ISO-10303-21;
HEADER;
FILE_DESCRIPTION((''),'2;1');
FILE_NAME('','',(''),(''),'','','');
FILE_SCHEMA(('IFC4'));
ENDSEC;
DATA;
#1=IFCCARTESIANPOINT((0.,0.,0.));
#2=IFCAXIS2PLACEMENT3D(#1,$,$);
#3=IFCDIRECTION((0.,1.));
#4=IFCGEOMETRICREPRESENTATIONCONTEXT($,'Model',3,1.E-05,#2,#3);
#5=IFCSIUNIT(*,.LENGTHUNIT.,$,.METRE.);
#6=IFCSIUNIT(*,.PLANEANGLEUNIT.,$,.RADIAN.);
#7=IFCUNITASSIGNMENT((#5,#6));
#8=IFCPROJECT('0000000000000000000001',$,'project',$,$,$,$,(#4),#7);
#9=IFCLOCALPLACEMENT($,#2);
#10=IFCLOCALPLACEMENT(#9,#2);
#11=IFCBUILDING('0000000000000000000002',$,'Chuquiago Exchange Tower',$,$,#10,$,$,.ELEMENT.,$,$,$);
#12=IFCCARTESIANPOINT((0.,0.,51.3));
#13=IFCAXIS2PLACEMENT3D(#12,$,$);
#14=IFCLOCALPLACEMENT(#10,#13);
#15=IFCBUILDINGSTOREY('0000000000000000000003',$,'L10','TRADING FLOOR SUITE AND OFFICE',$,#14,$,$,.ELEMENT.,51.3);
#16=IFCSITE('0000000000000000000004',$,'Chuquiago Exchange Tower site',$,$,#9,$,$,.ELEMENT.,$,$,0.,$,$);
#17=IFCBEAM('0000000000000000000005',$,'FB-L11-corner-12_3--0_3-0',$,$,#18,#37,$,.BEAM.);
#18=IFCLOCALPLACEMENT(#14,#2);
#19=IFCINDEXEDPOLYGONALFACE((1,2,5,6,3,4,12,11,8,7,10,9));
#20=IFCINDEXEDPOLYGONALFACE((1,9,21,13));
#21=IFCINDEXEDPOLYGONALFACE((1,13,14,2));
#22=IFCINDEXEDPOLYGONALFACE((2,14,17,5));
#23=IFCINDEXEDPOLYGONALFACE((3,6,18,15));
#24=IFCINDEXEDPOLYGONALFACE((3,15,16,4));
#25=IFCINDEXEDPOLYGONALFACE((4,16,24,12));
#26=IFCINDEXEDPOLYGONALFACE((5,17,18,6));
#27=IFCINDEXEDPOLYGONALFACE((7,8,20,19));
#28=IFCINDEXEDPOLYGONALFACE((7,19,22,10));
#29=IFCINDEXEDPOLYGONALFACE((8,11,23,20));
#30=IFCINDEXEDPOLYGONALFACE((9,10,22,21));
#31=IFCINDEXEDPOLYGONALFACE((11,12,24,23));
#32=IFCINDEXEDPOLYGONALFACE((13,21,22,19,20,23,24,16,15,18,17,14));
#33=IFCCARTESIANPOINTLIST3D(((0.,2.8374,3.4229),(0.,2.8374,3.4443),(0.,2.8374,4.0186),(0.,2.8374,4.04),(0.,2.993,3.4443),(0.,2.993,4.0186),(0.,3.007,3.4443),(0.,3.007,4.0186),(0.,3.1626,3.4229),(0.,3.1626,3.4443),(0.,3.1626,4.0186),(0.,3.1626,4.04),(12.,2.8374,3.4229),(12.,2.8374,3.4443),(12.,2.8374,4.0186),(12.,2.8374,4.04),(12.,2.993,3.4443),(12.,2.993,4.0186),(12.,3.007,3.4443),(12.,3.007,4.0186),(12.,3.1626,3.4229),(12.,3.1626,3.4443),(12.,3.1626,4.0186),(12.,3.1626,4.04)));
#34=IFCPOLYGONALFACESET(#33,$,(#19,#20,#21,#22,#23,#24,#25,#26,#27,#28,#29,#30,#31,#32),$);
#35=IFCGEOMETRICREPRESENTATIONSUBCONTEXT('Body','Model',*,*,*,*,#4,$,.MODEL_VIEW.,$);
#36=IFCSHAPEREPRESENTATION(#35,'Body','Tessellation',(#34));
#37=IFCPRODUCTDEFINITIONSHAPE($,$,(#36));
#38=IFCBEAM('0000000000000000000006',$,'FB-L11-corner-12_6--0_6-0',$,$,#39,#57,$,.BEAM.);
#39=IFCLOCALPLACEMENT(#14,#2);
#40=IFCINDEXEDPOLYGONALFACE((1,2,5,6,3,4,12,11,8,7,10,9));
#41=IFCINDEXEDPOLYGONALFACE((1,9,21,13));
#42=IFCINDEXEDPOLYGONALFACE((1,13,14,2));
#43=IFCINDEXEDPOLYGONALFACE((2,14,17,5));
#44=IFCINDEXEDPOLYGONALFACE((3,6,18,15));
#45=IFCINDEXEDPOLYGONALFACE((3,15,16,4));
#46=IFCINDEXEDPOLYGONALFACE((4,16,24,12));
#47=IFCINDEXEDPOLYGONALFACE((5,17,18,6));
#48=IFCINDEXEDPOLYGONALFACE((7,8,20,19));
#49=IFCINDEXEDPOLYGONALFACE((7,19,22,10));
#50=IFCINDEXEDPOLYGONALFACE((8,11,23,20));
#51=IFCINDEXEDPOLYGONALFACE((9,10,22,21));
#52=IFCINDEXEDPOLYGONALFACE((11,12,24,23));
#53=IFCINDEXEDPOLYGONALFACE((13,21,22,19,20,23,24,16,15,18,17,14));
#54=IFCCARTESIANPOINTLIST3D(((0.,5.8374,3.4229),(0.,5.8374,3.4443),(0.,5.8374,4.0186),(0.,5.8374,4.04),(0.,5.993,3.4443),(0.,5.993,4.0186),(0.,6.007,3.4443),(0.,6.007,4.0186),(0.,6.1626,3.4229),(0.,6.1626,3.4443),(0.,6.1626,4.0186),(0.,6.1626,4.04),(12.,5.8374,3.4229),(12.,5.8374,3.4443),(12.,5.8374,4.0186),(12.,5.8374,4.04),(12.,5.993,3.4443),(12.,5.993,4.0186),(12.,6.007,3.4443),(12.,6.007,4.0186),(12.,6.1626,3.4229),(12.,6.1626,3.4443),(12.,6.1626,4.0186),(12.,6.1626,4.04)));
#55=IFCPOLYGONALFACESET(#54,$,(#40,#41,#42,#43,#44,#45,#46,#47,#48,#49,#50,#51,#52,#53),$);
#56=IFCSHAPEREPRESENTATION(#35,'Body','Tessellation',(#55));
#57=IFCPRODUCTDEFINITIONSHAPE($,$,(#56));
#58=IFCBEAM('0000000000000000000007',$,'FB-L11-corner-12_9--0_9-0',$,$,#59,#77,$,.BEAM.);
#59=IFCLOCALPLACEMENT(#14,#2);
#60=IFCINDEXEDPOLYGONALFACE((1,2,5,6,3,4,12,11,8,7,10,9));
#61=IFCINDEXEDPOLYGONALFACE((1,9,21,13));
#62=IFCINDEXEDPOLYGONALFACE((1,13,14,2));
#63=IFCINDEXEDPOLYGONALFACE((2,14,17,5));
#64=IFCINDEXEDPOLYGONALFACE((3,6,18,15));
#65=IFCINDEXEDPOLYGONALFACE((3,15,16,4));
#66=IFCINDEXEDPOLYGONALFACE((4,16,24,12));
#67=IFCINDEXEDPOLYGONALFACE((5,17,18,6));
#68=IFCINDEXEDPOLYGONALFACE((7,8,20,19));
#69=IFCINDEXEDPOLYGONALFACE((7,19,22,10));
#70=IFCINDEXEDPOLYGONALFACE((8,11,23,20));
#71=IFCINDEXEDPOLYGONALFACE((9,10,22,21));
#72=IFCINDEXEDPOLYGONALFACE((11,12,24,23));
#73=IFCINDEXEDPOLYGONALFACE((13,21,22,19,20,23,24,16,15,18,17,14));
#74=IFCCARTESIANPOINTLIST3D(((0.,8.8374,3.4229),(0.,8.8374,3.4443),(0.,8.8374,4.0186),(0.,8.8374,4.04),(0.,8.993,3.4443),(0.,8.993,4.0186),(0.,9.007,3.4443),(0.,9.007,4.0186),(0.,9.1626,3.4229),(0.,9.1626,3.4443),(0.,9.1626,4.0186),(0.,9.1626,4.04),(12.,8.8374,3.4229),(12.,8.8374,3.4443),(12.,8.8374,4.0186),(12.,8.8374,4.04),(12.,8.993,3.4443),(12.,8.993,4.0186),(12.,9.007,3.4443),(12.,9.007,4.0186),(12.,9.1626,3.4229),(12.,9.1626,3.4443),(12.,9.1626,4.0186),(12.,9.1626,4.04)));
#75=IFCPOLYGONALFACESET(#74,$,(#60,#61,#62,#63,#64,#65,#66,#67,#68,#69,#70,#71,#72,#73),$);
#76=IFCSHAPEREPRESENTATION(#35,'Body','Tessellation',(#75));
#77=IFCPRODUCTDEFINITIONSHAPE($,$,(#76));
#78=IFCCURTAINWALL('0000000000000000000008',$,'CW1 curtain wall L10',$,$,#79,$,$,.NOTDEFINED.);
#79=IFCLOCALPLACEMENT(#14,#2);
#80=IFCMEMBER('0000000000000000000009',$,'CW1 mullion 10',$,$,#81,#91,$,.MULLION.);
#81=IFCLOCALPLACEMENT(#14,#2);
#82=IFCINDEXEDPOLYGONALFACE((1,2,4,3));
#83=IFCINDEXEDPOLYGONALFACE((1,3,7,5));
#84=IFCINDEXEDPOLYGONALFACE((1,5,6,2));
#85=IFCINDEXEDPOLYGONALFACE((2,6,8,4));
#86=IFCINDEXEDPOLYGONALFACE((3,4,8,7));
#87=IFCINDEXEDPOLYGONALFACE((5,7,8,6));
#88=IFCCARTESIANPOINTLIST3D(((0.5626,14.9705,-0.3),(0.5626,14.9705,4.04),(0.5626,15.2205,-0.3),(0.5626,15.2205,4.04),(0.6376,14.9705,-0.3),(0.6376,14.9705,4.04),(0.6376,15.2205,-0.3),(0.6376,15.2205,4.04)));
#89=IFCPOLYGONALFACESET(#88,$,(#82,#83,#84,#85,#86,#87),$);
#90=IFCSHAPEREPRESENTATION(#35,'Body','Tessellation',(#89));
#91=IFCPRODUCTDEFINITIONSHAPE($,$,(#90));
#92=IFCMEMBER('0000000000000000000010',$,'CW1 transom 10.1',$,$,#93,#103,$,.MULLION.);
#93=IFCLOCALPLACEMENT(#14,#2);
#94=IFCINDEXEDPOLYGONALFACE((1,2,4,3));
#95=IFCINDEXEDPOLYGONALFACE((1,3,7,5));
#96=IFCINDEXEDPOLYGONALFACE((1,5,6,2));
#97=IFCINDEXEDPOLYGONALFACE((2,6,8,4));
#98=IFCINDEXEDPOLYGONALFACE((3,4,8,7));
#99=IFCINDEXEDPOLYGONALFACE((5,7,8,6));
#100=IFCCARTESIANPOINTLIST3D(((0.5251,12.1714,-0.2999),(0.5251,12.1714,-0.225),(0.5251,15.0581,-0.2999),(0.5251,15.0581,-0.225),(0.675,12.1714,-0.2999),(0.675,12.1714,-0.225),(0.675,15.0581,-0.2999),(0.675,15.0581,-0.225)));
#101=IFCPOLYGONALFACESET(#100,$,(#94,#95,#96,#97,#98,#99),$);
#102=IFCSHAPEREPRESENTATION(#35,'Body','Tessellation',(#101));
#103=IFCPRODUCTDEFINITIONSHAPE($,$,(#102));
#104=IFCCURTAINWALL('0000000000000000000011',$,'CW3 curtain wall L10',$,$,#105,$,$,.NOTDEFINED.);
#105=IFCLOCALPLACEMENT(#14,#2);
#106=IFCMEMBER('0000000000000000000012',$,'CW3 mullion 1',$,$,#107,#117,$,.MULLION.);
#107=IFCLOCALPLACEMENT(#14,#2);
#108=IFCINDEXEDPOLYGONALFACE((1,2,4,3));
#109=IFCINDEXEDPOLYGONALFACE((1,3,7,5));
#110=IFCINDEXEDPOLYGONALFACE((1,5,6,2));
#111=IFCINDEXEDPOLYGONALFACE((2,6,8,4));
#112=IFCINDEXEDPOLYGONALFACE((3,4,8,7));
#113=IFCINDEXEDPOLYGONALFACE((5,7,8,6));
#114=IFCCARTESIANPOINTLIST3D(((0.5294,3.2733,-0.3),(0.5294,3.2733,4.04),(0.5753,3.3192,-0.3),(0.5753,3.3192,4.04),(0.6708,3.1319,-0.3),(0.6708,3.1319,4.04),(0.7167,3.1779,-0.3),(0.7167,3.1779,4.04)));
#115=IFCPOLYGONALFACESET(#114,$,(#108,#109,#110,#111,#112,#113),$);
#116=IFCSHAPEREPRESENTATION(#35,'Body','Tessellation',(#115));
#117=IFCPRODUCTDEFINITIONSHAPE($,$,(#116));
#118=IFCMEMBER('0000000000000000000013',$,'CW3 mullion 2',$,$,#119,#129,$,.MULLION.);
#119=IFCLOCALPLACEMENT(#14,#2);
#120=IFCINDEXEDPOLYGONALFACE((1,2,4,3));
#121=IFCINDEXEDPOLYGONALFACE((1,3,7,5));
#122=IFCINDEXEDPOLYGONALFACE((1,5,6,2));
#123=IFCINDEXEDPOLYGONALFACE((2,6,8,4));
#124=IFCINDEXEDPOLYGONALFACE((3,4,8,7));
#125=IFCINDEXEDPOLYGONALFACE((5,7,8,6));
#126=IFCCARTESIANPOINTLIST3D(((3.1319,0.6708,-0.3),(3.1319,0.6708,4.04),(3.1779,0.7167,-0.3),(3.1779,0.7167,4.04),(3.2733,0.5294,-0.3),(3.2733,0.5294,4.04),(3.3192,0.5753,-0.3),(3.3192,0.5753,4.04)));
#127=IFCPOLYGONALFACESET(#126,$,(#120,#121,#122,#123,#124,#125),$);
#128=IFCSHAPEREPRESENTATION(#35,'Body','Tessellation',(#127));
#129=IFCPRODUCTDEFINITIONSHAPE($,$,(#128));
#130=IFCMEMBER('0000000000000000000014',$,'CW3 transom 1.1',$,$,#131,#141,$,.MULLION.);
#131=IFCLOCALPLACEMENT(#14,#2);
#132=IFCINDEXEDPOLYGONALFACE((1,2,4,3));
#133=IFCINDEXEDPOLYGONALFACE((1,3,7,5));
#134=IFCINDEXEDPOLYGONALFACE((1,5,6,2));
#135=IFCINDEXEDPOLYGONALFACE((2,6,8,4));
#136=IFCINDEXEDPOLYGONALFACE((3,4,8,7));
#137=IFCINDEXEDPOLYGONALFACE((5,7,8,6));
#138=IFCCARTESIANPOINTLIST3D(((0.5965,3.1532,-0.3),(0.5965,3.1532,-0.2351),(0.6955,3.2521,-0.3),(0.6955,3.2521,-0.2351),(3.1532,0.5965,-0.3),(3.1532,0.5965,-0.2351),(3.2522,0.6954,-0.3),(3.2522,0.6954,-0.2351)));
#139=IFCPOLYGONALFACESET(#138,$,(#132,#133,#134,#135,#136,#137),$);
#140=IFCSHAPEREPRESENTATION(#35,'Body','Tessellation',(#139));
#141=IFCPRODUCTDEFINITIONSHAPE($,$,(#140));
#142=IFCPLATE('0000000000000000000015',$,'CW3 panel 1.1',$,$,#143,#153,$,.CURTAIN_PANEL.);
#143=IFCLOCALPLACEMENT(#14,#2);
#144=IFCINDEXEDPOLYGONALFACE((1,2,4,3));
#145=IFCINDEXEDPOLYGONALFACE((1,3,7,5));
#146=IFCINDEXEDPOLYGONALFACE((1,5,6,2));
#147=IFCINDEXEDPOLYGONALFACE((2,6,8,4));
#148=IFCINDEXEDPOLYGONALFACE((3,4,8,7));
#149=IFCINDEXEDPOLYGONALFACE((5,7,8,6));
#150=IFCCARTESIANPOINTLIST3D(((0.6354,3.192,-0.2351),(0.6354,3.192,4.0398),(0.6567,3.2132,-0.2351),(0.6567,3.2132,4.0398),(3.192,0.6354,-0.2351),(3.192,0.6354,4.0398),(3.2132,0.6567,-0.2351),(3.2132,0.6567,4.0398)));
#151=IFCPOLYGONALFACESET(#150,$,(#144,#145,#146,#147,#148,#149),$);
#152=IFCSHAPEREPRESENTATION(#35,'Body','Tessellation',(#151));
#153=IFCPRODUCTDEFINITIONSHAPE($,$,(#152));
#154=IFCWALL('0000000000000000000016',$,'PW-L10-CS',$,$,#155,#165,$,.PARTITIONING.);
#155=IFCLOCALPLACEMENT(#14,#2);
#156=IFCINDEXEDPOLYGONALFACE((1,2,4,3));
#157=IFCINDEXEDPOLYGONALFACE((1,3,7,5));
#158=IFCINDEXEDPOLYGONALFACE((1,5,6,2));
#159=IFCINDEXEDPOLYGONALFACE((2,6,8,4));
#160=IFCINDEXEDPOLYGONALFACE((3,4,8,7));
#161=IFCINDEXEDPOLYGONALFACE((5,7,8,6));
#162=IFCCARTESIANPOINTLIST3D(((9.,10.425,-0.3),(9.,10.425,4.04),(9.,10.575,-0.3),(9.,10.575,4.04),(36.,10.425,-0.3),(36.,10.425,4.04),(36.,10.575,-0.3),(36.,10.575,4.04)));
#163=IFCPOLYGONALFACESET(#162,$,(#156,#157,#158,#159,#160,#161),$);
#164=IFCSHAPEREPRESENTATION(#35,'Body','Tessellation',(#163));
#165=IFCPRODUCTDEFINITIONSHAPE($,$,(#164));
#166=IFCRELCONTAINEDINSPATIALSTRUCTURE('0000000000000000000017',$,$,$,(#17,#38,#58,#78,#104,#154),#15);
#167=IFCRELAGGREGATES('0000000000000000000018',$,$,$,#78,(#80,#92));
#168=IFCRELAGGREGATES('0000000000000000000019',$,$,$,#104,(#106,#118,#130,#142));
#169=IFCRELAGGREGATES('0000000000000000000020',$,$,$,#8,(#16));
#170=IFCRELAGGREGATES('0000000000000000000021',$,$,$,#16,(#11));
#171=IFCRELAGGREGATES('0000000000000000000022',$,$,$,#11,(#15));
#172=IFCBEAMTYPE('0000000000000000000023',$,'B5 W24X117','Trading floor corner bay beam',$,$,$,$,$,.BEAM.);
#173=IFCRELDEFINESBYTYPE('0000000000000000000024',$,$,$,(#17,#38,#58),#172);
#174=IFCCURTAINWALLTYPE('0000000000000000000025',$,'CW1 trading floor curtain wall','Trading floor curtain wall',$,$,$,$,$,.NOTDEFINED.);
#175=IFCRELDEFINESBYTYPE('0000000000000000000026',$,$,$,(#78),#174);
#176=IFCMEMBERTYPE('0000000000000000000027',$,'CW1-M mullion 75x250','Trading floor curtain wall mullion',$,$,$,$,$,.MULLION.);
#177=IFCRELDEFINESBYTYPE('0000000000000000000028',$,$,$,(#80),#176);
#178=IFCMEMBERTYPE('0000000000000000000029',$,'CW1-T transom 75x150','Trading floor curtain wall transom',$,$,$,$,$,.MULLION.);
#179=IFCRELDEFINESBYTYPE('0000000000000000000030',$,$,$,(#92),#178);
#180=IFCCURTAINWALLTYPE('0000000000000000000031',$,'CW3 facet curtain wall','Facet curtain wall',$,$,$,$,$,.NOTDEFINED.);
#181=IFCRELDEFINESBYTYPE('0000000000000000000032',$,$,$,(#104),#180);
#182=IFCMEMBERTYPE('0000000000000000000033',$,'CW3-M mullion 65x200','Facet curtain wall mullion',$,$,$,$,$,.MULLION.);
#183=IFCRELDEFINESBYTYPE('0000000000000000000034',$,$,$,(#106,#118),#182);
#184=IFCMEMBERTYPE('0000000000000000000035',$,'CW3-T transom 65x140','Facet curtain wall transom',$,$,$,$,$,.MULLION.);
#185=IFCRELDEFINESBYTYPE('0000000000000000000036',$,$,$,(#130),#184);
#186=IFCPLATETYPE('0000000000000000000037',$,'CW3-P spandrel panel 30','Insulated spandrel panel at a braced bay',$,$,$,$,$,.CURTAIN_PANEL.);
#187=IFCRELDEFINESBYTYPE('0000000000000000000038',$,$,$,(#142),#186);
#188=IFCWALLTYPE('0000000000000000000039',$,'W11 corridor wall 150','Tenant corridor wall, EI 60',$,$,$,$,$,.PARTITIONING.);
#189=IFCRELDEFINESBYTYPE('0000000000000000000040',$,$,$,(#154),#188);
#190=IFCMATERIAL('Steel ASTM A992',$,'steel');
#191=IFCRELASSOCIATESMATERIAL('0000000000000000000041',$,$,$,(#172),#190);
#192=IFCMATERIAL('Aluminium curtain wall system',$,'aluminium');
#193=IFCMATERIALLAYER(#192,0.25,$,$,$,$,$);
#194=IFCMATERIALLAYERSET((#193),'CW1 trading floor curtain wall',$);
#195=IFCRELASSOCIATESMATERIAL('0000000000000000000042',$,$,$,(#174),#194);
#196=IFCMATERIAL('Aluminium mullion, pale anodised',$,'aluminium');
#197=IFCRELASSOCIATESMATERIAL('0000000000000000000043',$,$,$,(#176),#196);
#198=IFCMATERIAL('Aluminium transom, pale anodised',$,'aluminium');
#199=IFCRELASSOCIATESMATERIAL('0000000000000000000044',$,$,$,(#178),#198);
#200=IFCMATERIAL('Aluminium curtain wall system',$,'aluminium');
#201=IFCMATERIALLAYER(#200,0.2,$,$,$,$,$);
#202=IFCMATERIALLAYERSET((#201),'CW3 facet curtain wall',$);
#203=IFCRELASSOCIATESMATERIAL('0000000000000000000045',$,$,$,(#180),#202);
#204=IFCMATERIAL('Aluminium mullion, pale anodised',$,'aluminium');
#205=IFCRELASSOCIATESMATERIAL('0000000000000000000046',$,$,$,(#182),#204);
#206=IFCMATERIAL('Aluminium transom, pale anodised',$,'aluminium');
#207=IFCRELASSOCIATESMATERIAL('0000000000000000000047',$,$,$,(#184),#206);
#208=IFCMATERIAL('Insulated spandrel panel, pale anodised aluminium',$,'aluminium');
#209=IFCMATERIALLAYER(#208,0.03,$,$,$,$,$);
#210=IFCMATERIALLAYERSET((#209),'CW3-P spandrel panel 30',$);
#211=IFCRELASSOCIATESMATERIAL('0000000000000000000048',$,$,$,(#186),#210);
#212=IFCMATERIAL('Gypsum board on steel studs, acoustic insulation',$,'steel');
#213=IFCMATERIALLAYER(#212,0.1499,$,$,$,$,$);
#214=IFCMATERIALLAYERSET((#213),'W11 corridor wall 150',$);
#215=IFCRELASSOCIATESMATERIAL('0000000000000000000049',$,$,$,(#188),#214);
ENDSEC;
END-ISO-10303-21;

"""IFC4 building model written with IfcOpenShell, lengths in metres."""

from ifc_helpers import new_model, si_unit, direction, frame, frame_2d, origin, origin_2d, place, context, subcontext, project, spatial, rectangle, i_section, extrude, material, layer, layer_set, material_profile, profile_set, type_object, element, aggregate, save


model = new_model("IFC4")

# Units and contexts
model_context = context("Model", 3, precision=1e-05, world=origin(), true_north=direction((0.0, 1.0)))
body_context = subcontext(model_context, "Body", "Model", "MODEL_VIEW")
ifc_project = project(units=[si_unit("LENGTHUNIT", "METRE"), si_unit("PLANEANGLEUNIT", "RADIAN")], contexts=[model_context])

# Site, building, storey
site_placement = place(None, origin())
site = spatial("IfcSite", under=ifc_project, at=site_placement, Name="Chuquiago Exchange Tower site", CompositionType="ELEMENT", RefElevation=0.0)
building_placement = place(site_placement, origin())
building = spatial("IfcBuilding", under=site, at=building_placement, Name="Chuquiago Exchange Tower", CompositionType="ELEMENT")
storey_placement = place(building_placement, frame((0.0, 0.0, 51.3)))
storey = spatial("IfcBuildingStorey", under=building, at=storey_placement, Name="L10", Description="TRADING FLOOR SUITE AND OFFICE", CompositionType="ELEMENT", Elevation=51.3)

# Beams
ifc_material_1 = material(Name="Steel ASTM A992", Category="steel")
ifc_material_profile_1 = material_profile(ifc_material_1, i_section(OverallWidth=0.3252, OverallDepth=0.6172, WebThickness=0.0139, FlangeThickness=0.0215, at=origin_2d()), Name="W24X117")
ifc_profile_set_1 = profile_set([ifc_material_profile_1], Name="Steel ASTM A992")
beam_type = type_object("IfcBeamType", Name="B5 W24X117", Description="Trading floor corner bay beam", PredefinedType="BEAM", material=ifc_profile_set_1)
for number, where, z_axis, x_axis, name in (
    (1, (12.0, 3.0, 3.7314), (-1.0, 0.0, 0.0), (0.0, -1.0, 0.0), "FB-L11-corner-12_3--0_3-0"),
    (2, (12.0, 6.0, 3.7314), (-1.0, 0.0, 0.0), (0.0, -1.0, 0.0), "FB-L11-corner-12_6--0_6-0"),
    (3, (12.0, 9.0, 3.7314), (-1.0, 0.0, 0.0), (0.0, -1.0, 0.0), "FB-L11-corner-12_9--0_9-0"),
):
    element("IfcBeam", number, at=place(storey_placement, frame(where, z_axis=z_axis, x_axis=x_axis)), inside=storey, type_object=beam_type, Name=name, PredefinedType="BEAM", context=body_context, shape_type="SweptSolid", body=[
        extrude(i_section(OverallWidth=0.3252, OverallDepth=0.6172, WebThickness=0.0139, FlangeThickness=0.0215, at=origin_2d()), origin(), (0.0, 0.0, 1.0), 12.0),
    ])

# Curtain wall, members
ifc_material_2 = material(Name="Aluminium curtain wall system", Category="aluminium")
ifc_layer_1 = layer(ifc_material_2, 0.25)
ifc_layer_set_1 = layer_set([ifc_layer_1], Name="CW1 trading floor curtain wall")
curtain_wall_type_1 = type_object("IfcCurtainWallType", Name="CW1 trading floor curtain wall", Description="Trading floor curtain wall", PredefinedType="NOTDEFINED", material=ifc_layer_set_1)
curtain_wall_1_placement = place(storey_placement, origin())
curtain_wall_1 = element("IfcCurtainWall", 4, at=curtain_wall_1_placement, inside=storey, type_object=curtain_wall_type_1, Name="CW1 curtain wall L10", PredefinedType="NOTDEFINED")
ifc_material_3 = material(Name="Aluminium mullion, pale anodised", Category="aluminium")
ifc_material_profile_2 = material_profile(ifc_material_3, rectangle(XDim=0.075, YDim=0.25, at=origin_2d()), Name="AL 75x250")
ifc_profile_set_2 = profile_set([ifc_material_profile_2], Name="Aluminium mullion, pale anodised")
member_type_1 = type_object("IfcMemberType", Name="CW1-M mullion 75x250", Description="Trading floor curtain wall mullion", PredefinedType="MULLION", material=ifc_profile_set_2)
member_1_placement = place(storey_placement, frame((0.6001, 15.0955, -0.3), z_axis=(0.0, 0.0, 1.0), x_axis=(1.0, 0.0, 0.0)))
member_1 = element("IfcMember", 5, at=member_1_placement, type_object=member_type_1, Name="CW1 mullion 10", PredefinedType="MULLION", context=body_context, shape_type="SweptSolid", body=[
    extrude(rectangle(XDim=0.075, YDim=0.25, at=origin_2d()), origin(), (0.0, 0.0, 1.0), 4.3401),
])
ifc_material_4 = material(Name="Aluminium transom, pale anodised", Category="aluminium")
ifc_material_profile_3 = material_profile(ifc_material_4, rectangle(XDim=0.1499, YDim=0.075, at=origin_2d()), Name="AL 150x75")
ifc_profile_set_3 = profile_set([ifc_material_profile_3], Name="Aluminium transom, pale anodised")
member_type_2 = type_object("IfcMemberType", Name="CW1-T transom 75x150", Description="Trading floor curtain wall transom", PredefinedType="MULLION", material=ifc_profile_set_3)
member_2_placement = place(storey_placement, frame((0.6001, 15.0581, -0.2625), z_axis=(0.0, -1.0, 0.0), x_axis=(1.0, 0.0, 0.0)))
member_2 = element("IfcMember", 6, at=member_2_placement, type_object=member_type_2, Name="CW1 transom 10.1", PredefinedType="MULLION", context=body_context, shape_type="SweptSolid", body=[
    extrude(rectangle(XDim=0.1499, YDim=0.075, at=origin_2d()), origin(), (0.0, 0.0, 1.0), 2.8867),
])
aggregate(curtain_wall_1, [member_1, member_2])

# Curtain wall, members, plate
ifc_material_5 = material(Name="Aluminium curtain wall system", Category="aluminium")
ifc_layer_2 = layer(ifc_material_5, 0.2)
ifc_layer_set_2 = layer_set([ifc_layer_2], Name="CW3 facet curtain wall")
curtain_wall_type_2 = type_object("IfcCurtainWallType", Name="CW3 facet curtain wall", Description="Facet curtain wall", PredefinedType="NOTDEFINED", material=ifc_layer_set_2)
curtain_wall_2_placement = place(storey_placement, origin())
curtain_wall_2 = element("IfcCurtainWall", 7, at=curtain_wall_2_placement, inside=storey, type_object=curtain_wall_type_2, Name="CW3 curtain wall L10", PredefinedType="NOTDEFINED")
ifc_material_6 = material(Name="Aluminium mullion, pale anodised", Category="aluminium")
ifc_material_profile_4 = material_profile(ifc_material_6, rectangle(XDim=0.0649, YDim=0.2, at=origin_2d()), Name="AL 65x200")
ifc_profile_set_4 = profile_set([ifc_material_profile_4], Name="Aluminium mullion, pale anodised")
member_type_3 = type_object("IfcMemberType", Name="CW3-M mullion 65x200", Description="Facet curtain wall mullion", PredefinedType="MULLION", material=ifc_profile_set_4)
member_3_placement = place(storey_placement, frame((0.623, 3.2256, -0.3), z_axis=(0.0, 0.0, 1.0), x_axis=(0.707107, 0.707107, 0.0)))
member_3 = element("IfcMember", 8, at=member_3_placement, type_object=member_type_3, Name="CW3 mullion 1", PredefinedType="MULLION", context=body_context, shape_type="SweptSolid", body=[
    extrude(rectangle(XDim=0.0649, YDim=0.2, at=origin_2d()), origin(), (0.0, 0.0, 1.0), 4.3401),
])
member_4_placement = place(storey_placement, frame((3.2256, 0.623, -0.3), z_axis=(0.0, 0.0, 1.0), x_axis=(0.707107, 0.707107, 0.0)))
member_4 = element("IfcMember", 9, at=member_4_placement, type_object=member_type_3, Name="CW3 mullion 2", PredefinedType="MULLION", context=body_context, shape_type="SweptSolid", body=[
    extrude(rectangle(XDim=0.0649, YDim=0.2, at=origin_2d()), origin(), (0.0, 0.0, 1.0), 4.3401),
])
ifc_material_7 = material(Name="Aluminium transom, pale anodised", Category="aluminium")
ifc_material_profile_5 = material_profile(ifc_material_7, rectangle(XDim=0.1399, YDim=0.0649, at=origin_2d()), Name="AL 140x65")
ifc_profile_set_5 = profile_set([ifc_material_profile_5], Name="Aluminium transom, pale anodised")
member_type_4 = type_object("IfcMemberType", Name="CW3-T transom 65x140", Description="Facet curtain wall transom", PredefinedType="MULLION", material=ifc_profile_set_5)
member_5_placement = place(storey_placement, frame((0.646, 3.2026, -0.2676), z_axis=(0.707107, -0.707107, 0.0), x_axis=(0.707107, 0.707107, 0.0)))
member_5 = element("IfcMember", 10, at=member_5_placement, type_object=member_type_4, Name="CW3 transom 1.1", PredefinedType="MULLION", context=body_context, shape_type="SweptSolid", body=[
    extrude(rectangle(XDim=0.1399, YDim=0.0649, at=origin_2d()), origin(), (0.0, 0.0, 1.0), 3.6157),
])
ifc_material_8 = material(Name="Insulated spandrel panel, pale anodised aluminium", Category="aluminium")
ifc_layer_3 = layer(ifc_material_8, 0.03)
ifc_layer_set_3 = layer_set([ifc_layer_3], Name="CW3-P spandrel panel 30")
plate_type = type_object("IfcPlateType", Name="CW3-P spandrel panel 30", Description="Insulated spandrel panel at a braced bay", PredefinedType="CURTAIN_PANEL", material=ifc_layer_set_3)
plate_placement = place(storey_placement, frame((1.9243, 1.9243, -0.2351), z_axis=(0.0, 0.0, 1.0), x_axis=(0.707107, -0.707107, 0.0)))
plate = element("IfcPlate", 11, at=plate_placement, type_object=plate_type, Name="CW3 panel 1.1", PredefinedType="CURTAIN_PANEL", context=body_context, shape_type="SweptSolid", body=[
    extrude(rectangle(XDim=3.6155, YDim=0.03, at=origin_2d()), origin(), (0.0, 0.0, 1.0), 4.2749),
])
aggregate(curtain_wall_2, [member_3, member_4, member_5, plate])

# Wall
ifc_material_9 = material(Name="Gypsum board on steel studs, acoustic insulation", Category="steel")
ifc_layer_4 = layer(ifc_material_9, 0.1499)
ifc_layer_set_4 = layer_set([ifc_layer_4], Name="W11 corridor wall 150")
wall_type_1 = type_object("IfcWallType", Name="W11 corridor wall 150", Description="Tenant corridor wall, EI 60", PredefinedType="PARTITIONING", material=ifc_layer_set_4)
wall_1_placement = place(storey_placement, frame((9.0, 10.5, -0.3), z_axis=(0.0, 0.0, 1.0), x_axis=(1.0, 0.0, 0.0)))
element("IfcWall", 12, at=wall_1_placement, inside=storey, type_object=wall_type_1, Name="PW-L10-CS", PredefinedType="PARTITIONING", context=body_context, shape_type="SweptSolid", body=[
    extrude(rectangle(XDim=27.0, YDim=0.1499, at=frame_2d((13.5, 0.0))), origin(), (0.0, 0.0, 1.0), 4.3401),
])

save(model, "model.ifc")
